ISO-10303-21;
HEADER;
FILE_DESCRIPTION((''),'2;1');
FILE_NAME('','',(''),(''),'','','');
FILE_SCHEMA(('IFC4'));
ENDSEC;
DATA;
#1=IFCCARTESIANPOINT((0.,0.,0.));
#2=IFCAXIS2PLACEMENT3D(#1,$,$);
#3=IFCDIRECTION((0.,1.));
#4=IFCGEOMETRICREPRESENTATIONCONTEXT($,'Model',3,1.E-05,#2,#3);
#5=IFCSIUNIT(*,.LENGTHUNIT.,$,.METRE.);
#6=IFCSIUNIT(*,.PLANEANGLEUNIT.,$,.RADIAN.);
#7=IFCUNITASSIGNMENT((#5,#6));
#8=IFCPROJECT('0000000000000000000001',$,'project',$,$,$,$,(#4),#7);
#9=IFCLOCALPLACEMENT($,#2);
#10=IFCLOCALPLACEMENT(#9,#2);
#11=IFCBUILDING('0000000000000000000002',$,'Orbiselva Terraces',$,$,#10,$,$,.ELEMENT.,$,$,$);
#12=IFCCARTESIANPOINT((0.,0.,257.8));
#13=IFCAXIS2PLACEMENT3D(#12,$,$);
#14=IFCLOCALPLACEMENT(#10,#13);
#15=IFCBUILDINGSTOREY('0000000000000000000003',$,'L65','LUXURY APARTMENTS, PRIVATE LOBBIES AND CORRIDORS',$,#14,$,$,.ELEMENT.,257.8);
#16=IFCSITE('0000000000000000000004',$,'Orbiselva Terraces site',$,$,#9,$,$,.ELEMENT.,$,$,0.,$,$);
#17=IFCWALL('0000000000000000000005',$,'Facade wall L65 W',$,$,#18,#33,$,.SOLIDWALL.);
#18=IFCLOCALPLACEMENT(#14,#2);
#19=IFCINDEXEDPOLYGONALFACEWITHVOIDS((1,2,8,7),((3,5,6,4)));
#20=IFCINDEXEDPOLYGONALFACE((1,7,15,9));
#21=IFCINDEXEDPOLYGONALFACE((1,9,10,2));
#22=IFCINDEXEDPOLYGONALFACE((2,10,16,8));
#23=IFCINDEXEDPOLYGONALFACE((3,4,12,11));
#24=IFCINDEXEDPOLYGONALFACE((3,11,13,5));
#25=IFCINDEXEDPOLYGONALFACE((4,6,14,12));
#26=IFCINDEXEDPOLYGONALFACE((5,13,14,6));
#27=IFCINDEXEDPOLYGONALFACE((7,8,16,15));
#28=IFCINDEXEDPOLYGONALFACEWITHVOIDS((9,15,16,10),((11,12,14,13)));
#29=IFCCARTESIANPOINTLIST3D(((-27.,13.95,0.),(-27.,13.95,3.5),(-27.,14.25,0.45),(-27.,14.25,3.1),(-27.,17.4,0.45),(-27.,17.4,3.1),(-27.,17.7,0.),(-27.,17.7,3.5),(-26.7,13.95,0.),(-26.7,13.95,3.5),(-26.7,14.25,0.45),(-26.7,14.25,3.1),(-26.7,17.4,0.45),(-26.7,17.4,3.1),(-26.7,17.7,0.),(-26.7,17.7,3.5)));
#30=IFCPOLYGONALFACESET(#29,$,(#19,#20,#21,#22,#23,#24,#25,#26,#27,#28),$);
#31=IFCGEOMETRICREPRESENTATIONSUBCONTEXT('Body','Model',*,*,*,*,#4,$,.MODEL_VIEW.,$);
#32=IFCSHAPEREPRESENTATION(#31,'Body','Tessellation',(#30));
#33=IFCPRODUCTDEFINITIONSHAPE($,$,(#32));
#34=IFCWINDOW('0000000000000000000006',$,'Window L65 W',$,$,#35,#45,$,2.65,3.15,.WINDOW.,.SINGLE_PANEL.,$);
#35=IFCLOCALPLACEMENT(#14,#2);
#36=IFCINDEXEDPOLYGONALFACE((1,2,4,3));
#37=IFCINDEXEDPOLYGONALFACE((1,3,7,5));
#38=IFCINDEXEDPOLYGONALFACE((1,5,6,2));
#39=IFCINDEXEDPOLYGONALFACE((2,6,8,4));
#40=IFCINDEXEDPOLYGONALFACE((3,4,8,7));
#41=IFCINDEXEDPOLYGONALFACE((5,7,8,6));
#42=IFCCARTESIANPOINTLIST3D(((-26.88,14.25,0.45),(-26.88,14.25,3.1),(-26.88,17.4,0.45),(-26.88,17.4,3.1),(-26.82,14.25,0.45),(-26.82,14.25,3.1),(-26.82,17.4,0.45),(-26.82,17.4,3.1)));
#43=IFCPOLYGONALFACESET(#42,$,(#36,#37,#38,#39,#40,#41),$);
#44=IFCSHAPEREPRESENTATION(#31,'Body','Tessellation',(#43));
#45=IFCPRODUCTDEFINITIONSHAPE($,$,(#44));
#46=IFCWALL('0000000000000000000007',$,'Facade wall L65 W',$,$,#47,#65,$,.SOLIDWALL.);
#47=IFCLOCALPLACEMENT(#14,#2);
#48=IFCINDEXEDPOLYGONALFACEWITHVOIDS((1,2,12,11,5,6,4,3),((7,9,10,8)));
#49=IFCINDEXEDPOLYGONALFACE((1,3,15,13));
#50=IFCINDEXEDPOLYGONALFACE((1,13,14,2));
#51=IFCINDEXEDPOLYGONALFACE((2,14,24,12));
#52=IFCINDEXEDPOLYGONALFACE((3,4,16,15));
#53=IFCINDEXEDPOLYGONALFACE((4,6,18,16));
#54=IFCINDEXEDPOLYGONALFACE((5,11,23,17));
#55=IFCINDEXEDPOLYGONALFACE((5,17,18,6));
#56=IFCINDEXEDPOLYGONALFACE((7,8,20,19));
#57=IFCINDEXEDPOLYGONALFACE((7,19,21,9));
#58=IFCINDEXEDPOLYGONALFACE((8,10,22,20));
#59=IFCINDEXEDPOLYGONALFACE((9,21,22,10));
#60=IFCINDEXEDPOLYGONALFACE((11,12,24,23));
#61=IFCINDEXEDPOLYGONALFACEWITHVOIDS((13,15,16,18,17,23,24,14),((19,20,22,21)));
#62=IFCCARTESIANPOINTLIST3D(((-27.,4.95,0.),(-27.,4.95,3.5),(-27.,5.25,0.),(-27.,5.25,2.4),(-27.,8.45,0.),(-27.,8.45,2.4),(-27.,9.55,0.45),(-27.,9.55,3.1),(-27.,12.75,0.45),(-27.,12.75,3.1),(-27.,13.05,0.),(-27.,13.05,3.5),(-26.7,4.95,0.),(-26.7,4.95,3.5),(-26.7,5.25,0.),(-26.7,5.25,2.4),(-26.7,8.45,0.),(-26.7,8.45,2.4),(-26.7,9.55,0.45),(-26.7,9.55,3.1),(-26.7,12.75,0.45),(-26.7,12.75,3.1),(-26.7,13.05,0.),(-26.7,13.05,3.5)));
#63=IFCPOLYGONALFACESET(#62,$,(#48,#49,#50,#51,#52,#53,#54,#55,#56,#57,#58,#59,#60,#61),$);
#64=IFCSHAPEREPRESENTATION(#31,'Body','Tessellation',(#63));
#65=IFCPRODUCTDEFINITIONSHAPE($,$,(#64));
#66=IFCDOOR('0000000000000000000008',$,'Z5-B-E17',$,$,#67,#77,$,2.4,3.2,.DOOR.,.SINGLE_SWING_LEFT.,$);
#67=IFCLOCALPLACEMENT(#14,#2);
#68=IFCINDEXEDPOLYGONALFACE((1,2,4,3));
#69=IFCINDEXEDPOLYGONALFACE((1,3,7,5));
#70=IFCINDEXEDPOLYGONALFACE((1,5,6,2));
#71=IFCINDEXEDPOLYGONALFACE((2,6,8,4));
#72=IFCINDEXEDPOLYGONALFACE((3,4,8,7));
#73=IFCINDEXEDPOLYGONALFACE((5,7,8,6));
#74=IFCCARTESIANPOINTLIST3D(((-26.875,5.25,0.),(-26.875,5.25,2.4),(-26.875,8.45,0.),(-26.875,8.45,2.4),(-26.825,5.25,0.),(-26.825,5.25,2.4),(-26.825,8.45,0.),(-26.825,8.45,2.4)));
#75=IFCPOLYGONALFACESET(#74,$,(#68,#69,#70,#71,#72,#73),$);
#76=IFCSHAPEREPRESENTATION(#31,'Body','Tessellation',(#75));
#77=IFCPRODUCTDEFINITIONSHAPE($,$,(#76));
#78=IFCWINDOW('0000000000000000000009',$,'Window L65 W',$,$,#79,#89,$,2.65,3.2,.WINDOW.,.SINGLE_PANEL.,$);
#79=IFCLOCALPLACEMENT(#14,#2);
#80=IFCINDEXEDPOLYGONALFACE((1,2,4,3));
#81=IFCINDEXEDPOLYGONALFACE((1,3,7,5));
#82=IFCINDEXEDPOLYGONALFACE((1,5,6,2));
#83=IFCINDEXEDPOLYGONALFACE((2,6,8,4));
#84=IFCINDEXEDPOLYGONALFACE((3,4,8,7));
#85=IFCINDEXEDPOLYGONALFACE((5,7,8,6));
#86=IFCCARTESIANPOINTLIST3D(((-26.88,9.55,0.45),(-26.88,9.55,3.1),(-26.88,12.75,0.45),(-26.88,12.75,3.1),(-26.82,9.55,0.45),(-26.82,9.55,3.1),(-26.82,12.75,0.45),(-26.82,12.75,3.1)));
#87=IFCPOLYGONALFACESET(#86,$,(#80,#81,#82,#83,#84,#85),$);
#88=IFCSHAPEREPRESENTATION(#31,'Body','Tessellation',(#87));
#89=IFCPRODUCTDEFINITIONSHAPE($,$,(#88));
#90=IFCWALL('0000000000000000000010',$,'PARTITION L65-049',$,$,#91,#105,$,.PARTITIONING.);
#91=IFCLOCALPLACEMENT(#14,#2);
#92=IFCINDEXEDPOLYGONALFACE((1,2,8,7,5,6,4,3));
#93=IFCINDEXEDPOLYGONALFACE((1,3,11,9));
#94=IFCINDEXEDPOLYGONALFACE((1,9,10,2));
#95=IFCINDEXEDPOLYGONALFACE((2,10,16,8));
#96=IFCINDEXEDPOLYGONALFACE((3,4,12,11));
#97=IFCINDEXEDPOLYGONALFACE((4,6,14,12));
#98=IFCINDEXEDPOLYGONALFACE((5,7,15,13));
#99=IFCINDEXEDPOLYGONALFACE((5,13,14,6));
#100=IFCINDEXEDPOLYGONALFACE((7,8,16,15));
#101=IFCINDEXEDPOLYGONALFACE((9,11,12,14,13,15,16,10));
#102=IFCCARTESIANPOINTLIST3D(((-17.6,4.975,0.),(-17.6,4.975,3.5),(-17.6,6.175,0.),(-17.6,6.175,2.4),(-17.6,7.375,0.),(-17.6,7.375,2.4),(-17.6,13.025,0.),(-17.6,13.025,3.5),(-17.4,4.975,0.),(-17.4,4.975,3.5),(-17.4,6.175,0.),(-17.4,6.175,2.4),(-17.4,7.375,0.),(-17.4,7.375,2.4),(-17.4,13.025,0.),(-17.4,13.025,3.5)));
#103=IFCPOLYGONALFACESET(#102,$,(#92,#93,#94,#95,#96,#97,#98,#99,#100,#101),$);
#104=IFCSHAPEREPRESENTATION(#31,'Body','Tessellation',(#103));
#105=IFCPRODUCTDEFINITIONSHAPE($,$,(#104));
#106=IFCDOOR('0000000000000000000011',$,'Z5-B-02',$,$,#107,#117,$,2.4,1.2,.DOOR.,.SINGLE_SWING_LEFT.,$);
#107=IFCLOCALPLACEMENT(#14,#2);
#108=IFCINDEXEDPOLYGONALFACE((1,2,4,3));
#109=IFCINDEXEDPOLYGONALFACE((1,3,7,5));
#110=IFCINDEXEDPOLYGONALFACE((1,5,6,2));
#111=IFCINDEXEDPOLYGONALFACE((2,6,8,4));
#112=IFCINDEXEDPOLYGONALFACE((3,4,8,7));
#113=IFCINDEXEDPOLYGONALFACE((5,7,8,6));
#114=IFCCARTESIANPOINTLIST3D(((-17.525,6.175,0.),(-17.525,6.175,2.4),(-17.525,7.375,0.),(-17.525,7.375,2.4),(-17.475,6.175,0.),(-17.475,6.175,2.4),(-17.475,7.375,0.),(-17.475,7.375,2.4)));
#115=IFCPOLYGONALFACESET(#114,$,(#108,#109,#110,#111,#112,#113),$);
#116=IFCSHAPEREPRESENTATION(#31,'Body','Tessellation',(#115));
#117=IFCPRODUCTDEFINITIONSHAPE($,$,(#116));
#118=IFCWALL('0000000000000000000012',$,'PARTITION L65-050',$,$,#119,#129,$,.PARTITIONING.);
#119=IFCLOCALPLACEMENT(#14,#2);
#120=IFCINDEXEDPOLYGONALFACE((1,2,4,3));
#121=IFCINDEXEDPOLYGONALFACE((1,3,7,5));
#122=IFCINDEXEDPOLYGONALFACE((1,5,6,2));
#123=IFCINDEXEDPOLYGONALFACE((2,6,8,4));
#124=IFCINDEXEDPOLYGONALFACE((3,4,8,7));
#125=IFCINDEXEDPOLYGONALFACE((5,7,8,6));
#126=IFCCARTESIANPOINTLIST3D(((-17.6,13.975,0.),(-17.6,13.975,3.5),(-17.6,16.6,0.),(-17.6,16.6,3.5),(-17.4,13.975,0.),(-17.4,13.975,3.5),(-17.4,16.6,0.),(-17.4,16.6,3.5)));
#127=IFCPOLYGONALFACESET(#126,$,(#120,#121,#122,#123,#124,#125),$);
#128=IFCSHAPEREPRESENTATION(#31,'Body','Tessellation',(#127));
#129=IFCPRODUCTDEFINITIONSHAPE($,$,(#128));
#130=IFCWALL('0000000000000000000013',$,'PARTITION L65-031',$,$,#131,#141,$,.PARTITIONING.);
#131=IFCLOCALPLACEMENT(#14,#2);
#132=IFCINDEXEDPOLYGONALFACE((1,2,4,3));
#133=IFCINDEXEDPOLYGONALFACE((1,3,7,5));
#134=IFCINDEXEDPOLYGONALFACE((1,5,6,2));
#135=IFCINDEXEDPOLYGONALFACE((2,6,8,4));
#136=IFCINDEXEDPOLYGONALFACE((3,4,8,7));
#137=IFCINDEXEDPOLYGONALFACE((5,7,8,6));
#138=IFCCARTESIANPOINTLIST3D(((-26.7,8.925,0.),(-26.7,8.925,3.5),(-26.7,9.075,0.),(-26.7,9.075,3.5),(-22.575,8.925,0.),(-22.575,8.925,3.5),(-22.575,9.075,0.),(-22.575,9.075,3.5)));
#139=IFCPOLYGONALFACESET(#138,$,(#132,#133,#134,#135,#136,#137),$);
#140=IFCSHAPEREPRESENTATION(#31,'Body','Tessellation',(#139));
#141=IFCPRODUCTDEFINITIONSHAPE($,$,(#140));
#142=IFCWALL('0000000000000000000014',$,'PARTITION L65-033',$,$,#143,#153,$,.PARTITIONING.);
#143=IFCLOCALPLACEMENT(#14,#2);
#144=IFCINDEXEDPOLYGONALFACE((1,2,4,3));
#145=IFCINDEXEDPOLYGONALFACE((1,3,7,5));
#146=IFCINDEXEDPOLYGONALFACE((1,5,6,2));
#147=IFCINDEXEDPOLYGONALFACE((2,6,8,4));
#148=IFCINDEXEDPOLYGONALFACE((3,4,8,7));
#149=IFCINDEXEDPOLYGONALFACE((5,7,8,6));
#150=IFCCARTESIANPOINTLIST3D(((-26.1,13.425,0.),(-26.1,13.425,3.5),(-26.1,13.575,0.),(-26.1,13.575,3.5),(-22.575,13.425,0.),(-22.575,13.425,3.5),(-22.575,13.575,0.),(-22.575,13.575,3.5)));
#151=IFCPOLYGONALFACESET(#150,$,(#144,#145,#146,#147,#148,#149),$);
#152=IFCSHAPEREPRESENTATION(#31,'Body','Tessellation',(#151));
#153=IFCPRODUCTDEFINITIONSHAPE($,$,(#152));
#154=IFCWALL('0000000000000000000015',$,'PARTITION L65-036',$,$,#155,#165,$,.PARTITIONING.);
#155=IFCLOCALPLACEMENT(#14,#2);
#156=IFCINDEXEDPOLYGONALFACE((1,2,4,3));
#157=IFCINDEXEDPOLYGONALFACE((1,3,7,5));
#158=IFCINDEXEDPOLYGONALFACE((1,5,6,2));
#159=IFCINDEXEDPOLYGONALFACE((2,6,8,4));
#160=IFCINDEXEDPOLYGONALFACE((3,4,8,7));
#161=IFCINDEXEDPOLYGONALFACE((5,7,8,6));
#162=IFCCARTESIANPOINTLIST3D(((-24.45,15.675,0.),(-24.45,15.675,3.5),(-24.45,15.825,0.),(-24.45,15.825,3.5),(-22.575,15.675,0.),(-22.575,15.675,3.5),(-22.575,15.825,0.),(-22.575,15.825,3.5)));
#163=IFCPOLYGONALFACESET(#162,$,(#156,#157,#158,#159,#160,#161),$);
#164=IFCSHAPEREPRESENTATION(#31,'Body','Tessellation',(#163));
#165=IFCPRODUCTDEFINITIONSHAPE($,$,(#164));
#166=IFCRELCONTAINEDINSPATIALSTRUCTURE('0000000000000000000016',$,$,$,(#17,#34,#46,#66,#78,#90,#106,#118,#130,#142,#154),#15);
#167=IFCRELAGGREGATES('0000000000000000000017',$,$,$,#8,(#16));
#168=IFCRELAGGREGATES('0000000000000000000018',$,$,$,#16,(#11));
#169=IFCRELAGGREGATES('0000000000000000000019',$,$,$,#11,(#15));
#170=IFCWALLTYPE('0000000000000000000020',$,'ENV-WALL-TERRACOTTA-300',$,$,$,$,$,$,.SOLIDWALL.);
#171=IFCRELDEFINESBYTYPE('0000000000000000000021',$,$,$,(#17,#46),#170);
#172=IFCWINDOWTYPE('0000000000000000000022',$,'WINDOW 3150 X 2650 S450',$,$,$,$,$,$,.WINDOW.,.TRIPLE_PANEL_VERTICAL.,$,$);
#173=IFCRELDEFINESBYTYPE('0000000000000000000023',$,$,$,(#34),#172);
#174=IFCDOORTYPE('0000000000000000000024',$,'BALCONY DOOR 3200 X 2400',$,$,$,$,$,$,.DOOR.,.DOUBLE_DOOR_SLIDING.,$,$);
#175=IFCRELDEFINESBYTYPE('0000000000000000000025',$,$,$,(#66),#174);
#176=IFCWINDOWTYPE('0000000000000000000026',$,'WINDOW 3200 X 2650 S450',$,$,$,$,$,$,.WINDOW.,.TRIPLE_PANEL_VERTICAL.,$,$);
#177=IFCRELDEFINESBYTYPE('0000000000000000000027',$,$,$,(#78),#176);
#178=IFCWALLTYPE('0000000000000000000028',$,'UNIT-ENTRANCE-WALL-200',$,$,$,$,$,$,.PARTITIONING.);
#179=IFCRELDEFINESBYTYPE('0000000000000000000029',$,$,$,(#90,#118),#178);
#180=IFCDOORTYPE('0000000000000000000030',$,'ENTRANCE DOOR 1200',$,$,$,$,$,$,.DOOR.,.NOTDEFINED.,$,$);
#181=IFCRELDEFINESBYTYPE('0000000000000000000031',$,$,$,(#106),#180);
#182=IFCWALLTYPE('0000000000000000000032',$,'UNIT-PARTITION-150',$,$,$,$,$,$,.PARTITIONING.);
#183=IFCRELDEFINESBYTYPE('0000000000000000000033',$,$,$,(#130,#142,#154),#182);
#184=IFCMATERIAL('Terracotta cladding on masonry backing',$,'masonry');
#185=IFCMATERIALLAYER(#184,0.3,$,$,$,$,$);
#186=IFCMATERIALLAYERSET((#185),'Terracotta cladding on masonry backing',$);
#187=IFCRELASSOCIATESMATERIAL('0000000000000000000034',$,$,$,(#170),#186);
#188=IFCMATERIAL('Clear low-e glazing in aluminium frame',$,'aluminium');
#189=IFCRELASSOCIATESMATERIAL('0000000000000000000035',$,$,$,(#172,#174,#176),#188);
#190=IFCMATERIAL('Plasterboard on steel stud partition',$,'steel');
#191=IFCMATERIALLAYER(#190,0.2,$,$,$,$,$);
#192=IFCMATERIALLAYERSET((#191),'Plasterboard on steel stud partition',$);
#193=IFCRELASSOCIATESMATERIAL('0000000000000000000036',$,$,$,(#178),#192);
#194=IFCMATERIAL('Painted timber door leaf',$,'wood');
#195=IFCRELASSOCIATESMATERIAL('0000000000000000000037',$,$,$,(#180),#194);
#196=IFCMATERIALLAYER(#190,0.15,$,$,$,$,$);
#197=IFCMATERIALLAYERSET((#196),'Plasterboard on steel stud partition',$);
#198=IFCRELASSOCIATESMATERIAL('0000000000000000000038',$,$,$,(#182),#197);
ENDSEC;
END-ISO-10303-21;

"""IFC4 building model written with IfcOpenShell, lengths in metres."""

from ifc_helpers import new_model, si_unit, direction, frame, frame_2d, origin, place, context, subcontext, project, spatial, rectangle, extrude, material, layer, layer_set, type_object, element, fill, save


model = new_model("IFC4")

# Units and contexts
model_context = context("Model", 3, precision=1e-05, world=origin(), true_north=direction((0.0, 1.0)))
body_context = subcontext(model_context, "Body", "Model", "MODEL_VIEW")
ifc_project = project(units=[si_unit("LENGTHUNIT", "METRE"), si_unit("PLANEANGLEUNIT", "RADIAN")], contexts=[model_context])

# Site, building, storey
site_placement = place(None, origin())
site = spatial("IfcSite", under=ifc_project, at=site_placement, Name="Orbiselva Terraces site", CompositionType="ELEMENT", RefElevation=0.0)
building_placement = place(site_placement, origin())
building = spatial("IfcBuilding", under=site, at=building_placement, Name="Orbiselva Terraces", CompositionType="ELEMENT")
storey_placement = place(building_placement, frame((0.0, 0.0, 257.8)))
storey = spatial("IfcBuildingStorey", under=building, at=storey_placement, Name="L65", Description="LUXURY APARTMENTS, PRIVATE LOBBIES AND CORRIDORS", CompositionType="ELEMENT", Elevation=257.8)

# Wall, opening, window
ifc_material_1 = material(Name="Terracotta cladding on masonry backing", Category="masonry")
ifc_layer_1 = layer(ifc_material_1, 0.3)
ifc_layer_set_1 = layer_set([ifc_layer_1], Name="Terracotta cladding on masonry backing")
wall_type_1 = type_object("IfcWallType", Name="ENV-WALL-TERRACOTTA-300", PredefinedType="SOLIDWALL", material=ifc_layer_set_1)
wall_1_placement = place(storey_placement, frame((-26.85, 13.95, 0.0), z_axis=(0.0, 0.0, 1.0), x_axis=(0.0, 1.0, 0.0)))
wall_1 = element("IfcWall", 1, at=wall_1_placement, inside=storey, type_object=wall_type_1, Name="Facade wall L65 W", PredefinedType="SOLIDWALL", context=body_context, shape_type="SweptSolid", body=[
    extrude(rectangle(XDim=3.75, YDim=0.3, at=frame_2d((1.875, 0.0))), origin(), (0.0, 0.0, 1.0), 3.5),
])
opening_1_placement = place(wall_1_placement, frame((0.3, 0.0, 0.45)))
opening_1 = element("IfcOpeningElement", 2, at=opening_1_placement, cuts=wall_1, PredefinedType="OPENING", context=body_context, shape_type="SweptSolid", body=[
    extrude(rectangle(XDim=3.15, YDim=2.65, at=frame_2d((1.575, 1.325))), frame((0.0, 0.16, 0.0), z_axis=(0.0, -1.0, 0.0), x_axis=(1.0, 0.0, 0.0)), (0.0, 0.0, 1.0), 0.32),
])
ifc_material_2 = material(Name="Clear low-e glazing in aluminium frame", Category="aluminium")
window_type_1 = type_object("IfcWindowType", Name="WINDOW 3150 X 2650 S450", PartitioningType="TRIPLE_PANEL_VERTICAL", PredefinedType="WINDOW", material=ifc_material_2)
window_1_placement = place(opening_1_placement, origin())
window_1 = element("IfcWindow", 3, at=window_1_placement, inside=storey, type_object=window_type_1, Name="Window L65 W", OverallHeight=2.65, OverallWidth=3.15, PartitioningType="SINGLE_PANEL", PredefinedType="WINDOW", context=body_context, shape_type="SweptSolid", body=[
    extrude(rectangle(XDim=3.15, YDim=2.65, at=frame_2d((1.575, 1.325))), frame((0.0, 0.03, 0.0), z_axis=(0.0, -1.0, 0.0), x_axis=(1.0, 0.0, 0.0)), (0.0, 0.0, 1.0), 0.06),
])
fill(opening_1, window_1)

# Wall, openings, door, window
wall_2_placement = place(storey_placement, frame((-26.85, 4.95, 0.0), z_axis=(0.0, 0.0, 1.0), x_axis=(0.0, 1.0, 0.0)))
wall_2 = element("IfcWall", 4, at=wall_2_placement, inside=storey, type_object=wall_type_1, Name="Facade wall L65 W", PredefinedType="SOLIDWALL", context=body_context, shape_type="SweptSolid", body=[
    extrude(rectangle(XDim=8.1, YDim=0.3, at=frame_2d((4.05, 0.0))), origin(), (0.0, 0.0, 1.0), 3.5),
])
opening_2_placement = place(wall_2_placement, frame((4.6, 0.0, 0.45)))
opening_2 = element("IfcOpeningElement", 5, at=opening_2_placement, cuts=wall_2, PredefinedType="OPENING", context=body_context, shape_type="SweptSolid", body=[
    extrude(rectangle(XDim=3.2, YDim=2.65, at=frame_2d((1.6, 1.325))), frame((0.0, 0.16, 0.0), z_axis=(0.0, -1.0, 0.0), x_axis=(1.0, 0.0, 0.0)), (0.0, 0.0, 1.0), 0.32),
])
opening_3_placement = place(wall_2_placement, frame((0.3, 0.0, 0.0)))
opening_3 = element("IfcOpeningElement", 6, at=opening_3_placement, cuts=wall_2, PredefinedType="OPENING", context=body_context, shape_type="SweptSolid", body=[
    extrude(rectangle(XDim=3.2, YDim=2.4, at=frame_2d((1.6, 1.2))), frame((0.0, 0.16, 0.0), z_axis=(0.0, -1.0, 0.0), x_axis=(1.0, 0.0, 0.0)), (0.0, 0.0, 1.0), 0.32),
])
door_type_1 = type_object("IfcDoorType", Name="BALCONY DOOR 3200 X 2400", OperationType="DOUBLE_DOOR_SLIDING", PredefinedType="DOOR", material=ifc_material_2)
door_1_placement = place(opening_3_placement, origin())
door_1 = element("IfcDoor", 7, at=door_1_placement, inside=storey, type_object=door_type_1, Name="Z5-B-E17", OperationType="SINGLE_SWING_LEFT", OverallHeight=2.4, OverallWidth=3.2, PredefinedType="DOOR", context=body_context, shape_type="SweptSolid", body=[
    extrude(rectangle(XDim=3.2, YDim=2.4, at=frame_2d((1.6, 1.2))), frame((0.0, 0.025, 0.0), z_axis=(0.0, -1.0, 0.0), x_axis=(1.0, 0.0, 0.0)), (0.0, 0.0, 1.0), 0.05),
])
fill(opening_3, door_1)
window_type_2 = type_object("IfcWindowType", Name="WINDOW 3200 X 2650 S450", PartitioningType="TRIPLE_PANEL_VERTICAL", PredefinedType="WINDOW", material=ifc_material_2)
window_2_placement = place(opening_2_placement, origin())
window_2 = element("IfcWindow", 8, at=window_2_placement, inside=storey, type_object=window_type_2, Name="Window L65 W", OverallHeight=2.65, OverallWidth=3.2, PartitioningType="SINGLE_PANEL", PredefinedType="WINDOW", context=body_context, shape_type="SweptSolid", body=[
    extrude(rectangle(XDim=3.2, YDim=2.65, at=frame_2d((1.6, 1.325))), frame((0.0, 0.03, 0.0), z_axis=(0.0, -1.0, 0.0), x_axis=(1.0, 0.0, 0.0)), (0.0, 0.0, 1.0), 0.06),
])
fill(opening_2, window_2)

# Wall, opening, door
ifc_material_3 = material(Name="Plasterboard on steel stud partition", Category="steel")
ifc_layer_2 = layer(ifc_material_3, 0.2)
ifc_layer_set_2 = layer_set([ifc_layer_2], Name="Plasterboard on steel stud partition")
wall_type_2 = type_object("IfcWallType", Name="UNIT-ENTRANCE-WALL-200", PredefinedType="PARTITIONING", material=ifc_layer_set_2)
wall_3_placement = place(storey_placement, frame((-17.5, 4.975, 0.0), z_axis=(0.0, 0.0, 1.0), x_axis=(0.0, 1.0, 0.0)))
wall_3 = element("IfcWall", 9, at=wall_3_placement, inside=storey, type_object=wall_type_2, Name="PARTITION L65-049", PredefinedType="PARTITIONING", context=body_context, shape_type="SweptSolid", body=[
    extrude(rectangle(XDim=8.05, YDim=0.2, at=frame_2d((4.025, 0.0))), origin(), (0.0, 0.0, 1.0), 3.5),
])
opening_4_placement = place(wall_3_placement, frame((1.2, 0.0, 0.0)))
opening_4 = element("IfcOpeningElement", 10, at=opening_4_placement, cuts=wall_3, PredefinedType="OPENING", context=body_context, shape_type="SweptSolid", body=[
    extrude(rectangle(XDim=1.2, YDim=2.4, at=frame_2d((0.6, 1.2))), frame((0.0, 0.11, 0.0), z_axis=(0.0, -1.0, 0.0), x_axis=(1.0, 0.0, 0.0)), (0.0, 0.0, 1.0), 0.22),
])
ifc_material_4 = material(Name="Painted timber door leaf", Category="wood")
door_type_2 = type_object("IfcDoorType", Name="ENTRANCE DOOR 1200", OperationType="NOTDEFINED", PredefinedType="DOOR", material=ifc_material_4)
door_2_placement = place(opening_4_placement, origin())
door_2 = element("IfcDoor", 11, at=door_2_placement, inside=storey, type_object=door_type_2, Name="Z5-B-02", OperationType="SINGLE_SWING_LEFT", OverallHeight=2.4, OverallWidth=1.2, PredefinedType="DOOR", context=body_context, shape_type="SweptSolid", body=[
    extrude(rectangle(XDim=1.2, YDim=2.4, at=frame_2d((0.6, 1.2))), frame((0.0, 0.025, 0.0), z_axis=(0.0, -1.0, 0.0), x_axis=(1.0, 0.0, 0.0)), (0.0, 0.0, 1.0), 0.05),
])
fill(opening_4, door_2)

# Walls
wall_4_placement = place(storey_placement, frame((-17.5, 13.975, 0.0), z_axis=(0.0, 0.0, 1.0), x_axis=(0.0, 1.0, 0.0)))
element("IfcWall", 12, at=wall_4_placement, inside=storey, type_object=wall_type_2, Name="PARTITION L65-050", PredefinedType="PARTITIONING", context=body_context, shape_type="SweptSolid", body=[
    extrude(rectangle(XDim=2.625, YDim=0.2, at=frame_2d((1.3125, 0.0))), origin(), (0.0, 0.0, 1.0), 3.5),
])
ifc_layer_3 = layer(ifc_material_3, 0.15)
ifc_layer_set_3 = layer_set([ifc_layer_3], Name="Plasterboard on steel stud partition")
wall_type_3 = type_object("IfcWallType", Name="UNIT-PARTITION-150", PredefinedType="PARTITIONING", material=ifc_layer_set_3)
wall_5_placement = place(storey_placement, frame((-26.7, 9.0, 0.0), z_axis=(0.0, 0.0, 1.0), x_axis=(1.0, 0.0, 0.0)))
element("IfcWall", 13, at=wall_5_placement, inside=storey, type_object=wall_type_3, Name="PARTITION L65-031", PredefinedType="PARTITIONING", context=body_context, shape_type="SweptSolid", body=[
    extrude(rectangle(XDim=4.125, YDim=0.15, at=frame_2d((2.0625, 0.0))), origin(), (0.0, 0.0, 1.0), 3.5),
])
wall_6_placement = place(storey_placement, frame((-26.1, 13.5, 0.0), z_axis=(0.0, 0.0, 1.0), x_axis=(1.0, 0.0, 0.0)))
element("IfcWall", 14, at=wall_6_placement, inside=storey, type_object=wall_type_3, Name="PARTITION L65-033", PredefinedType="PARTITIONING", context=body_context, shape_type="SweptSolid", body=[
    extrude(rectangle(XDim=3.525, YDim=0.15, at=frame_2d((1.7625, 0.0))), origin(), (0.0, 0.0, 1.0), 3.5),
])
wall_7_placement = place(storey_placement, frame((-24.45, 15.75, 0.0), z_axis=(0.0, 0.0, 1.0), x_axis=(1.0, 0.0, 0.0)))
element("IfcWall", 15, at=wall_7_placement, inside=storey, type_object=wall_type_3, Name="PARTITION L65-036", PredefinedType="PARTITIONING", context=body_context, shape_type="SweptSolid", body=[
    extrude(rectangle(XDim=1.875, YDim=0.15, at=frame_2d((0.9375, 0.0))), origin(), (0.0, 0.0, 1.0), 3.5),
])

save(model, "model.ifc")
